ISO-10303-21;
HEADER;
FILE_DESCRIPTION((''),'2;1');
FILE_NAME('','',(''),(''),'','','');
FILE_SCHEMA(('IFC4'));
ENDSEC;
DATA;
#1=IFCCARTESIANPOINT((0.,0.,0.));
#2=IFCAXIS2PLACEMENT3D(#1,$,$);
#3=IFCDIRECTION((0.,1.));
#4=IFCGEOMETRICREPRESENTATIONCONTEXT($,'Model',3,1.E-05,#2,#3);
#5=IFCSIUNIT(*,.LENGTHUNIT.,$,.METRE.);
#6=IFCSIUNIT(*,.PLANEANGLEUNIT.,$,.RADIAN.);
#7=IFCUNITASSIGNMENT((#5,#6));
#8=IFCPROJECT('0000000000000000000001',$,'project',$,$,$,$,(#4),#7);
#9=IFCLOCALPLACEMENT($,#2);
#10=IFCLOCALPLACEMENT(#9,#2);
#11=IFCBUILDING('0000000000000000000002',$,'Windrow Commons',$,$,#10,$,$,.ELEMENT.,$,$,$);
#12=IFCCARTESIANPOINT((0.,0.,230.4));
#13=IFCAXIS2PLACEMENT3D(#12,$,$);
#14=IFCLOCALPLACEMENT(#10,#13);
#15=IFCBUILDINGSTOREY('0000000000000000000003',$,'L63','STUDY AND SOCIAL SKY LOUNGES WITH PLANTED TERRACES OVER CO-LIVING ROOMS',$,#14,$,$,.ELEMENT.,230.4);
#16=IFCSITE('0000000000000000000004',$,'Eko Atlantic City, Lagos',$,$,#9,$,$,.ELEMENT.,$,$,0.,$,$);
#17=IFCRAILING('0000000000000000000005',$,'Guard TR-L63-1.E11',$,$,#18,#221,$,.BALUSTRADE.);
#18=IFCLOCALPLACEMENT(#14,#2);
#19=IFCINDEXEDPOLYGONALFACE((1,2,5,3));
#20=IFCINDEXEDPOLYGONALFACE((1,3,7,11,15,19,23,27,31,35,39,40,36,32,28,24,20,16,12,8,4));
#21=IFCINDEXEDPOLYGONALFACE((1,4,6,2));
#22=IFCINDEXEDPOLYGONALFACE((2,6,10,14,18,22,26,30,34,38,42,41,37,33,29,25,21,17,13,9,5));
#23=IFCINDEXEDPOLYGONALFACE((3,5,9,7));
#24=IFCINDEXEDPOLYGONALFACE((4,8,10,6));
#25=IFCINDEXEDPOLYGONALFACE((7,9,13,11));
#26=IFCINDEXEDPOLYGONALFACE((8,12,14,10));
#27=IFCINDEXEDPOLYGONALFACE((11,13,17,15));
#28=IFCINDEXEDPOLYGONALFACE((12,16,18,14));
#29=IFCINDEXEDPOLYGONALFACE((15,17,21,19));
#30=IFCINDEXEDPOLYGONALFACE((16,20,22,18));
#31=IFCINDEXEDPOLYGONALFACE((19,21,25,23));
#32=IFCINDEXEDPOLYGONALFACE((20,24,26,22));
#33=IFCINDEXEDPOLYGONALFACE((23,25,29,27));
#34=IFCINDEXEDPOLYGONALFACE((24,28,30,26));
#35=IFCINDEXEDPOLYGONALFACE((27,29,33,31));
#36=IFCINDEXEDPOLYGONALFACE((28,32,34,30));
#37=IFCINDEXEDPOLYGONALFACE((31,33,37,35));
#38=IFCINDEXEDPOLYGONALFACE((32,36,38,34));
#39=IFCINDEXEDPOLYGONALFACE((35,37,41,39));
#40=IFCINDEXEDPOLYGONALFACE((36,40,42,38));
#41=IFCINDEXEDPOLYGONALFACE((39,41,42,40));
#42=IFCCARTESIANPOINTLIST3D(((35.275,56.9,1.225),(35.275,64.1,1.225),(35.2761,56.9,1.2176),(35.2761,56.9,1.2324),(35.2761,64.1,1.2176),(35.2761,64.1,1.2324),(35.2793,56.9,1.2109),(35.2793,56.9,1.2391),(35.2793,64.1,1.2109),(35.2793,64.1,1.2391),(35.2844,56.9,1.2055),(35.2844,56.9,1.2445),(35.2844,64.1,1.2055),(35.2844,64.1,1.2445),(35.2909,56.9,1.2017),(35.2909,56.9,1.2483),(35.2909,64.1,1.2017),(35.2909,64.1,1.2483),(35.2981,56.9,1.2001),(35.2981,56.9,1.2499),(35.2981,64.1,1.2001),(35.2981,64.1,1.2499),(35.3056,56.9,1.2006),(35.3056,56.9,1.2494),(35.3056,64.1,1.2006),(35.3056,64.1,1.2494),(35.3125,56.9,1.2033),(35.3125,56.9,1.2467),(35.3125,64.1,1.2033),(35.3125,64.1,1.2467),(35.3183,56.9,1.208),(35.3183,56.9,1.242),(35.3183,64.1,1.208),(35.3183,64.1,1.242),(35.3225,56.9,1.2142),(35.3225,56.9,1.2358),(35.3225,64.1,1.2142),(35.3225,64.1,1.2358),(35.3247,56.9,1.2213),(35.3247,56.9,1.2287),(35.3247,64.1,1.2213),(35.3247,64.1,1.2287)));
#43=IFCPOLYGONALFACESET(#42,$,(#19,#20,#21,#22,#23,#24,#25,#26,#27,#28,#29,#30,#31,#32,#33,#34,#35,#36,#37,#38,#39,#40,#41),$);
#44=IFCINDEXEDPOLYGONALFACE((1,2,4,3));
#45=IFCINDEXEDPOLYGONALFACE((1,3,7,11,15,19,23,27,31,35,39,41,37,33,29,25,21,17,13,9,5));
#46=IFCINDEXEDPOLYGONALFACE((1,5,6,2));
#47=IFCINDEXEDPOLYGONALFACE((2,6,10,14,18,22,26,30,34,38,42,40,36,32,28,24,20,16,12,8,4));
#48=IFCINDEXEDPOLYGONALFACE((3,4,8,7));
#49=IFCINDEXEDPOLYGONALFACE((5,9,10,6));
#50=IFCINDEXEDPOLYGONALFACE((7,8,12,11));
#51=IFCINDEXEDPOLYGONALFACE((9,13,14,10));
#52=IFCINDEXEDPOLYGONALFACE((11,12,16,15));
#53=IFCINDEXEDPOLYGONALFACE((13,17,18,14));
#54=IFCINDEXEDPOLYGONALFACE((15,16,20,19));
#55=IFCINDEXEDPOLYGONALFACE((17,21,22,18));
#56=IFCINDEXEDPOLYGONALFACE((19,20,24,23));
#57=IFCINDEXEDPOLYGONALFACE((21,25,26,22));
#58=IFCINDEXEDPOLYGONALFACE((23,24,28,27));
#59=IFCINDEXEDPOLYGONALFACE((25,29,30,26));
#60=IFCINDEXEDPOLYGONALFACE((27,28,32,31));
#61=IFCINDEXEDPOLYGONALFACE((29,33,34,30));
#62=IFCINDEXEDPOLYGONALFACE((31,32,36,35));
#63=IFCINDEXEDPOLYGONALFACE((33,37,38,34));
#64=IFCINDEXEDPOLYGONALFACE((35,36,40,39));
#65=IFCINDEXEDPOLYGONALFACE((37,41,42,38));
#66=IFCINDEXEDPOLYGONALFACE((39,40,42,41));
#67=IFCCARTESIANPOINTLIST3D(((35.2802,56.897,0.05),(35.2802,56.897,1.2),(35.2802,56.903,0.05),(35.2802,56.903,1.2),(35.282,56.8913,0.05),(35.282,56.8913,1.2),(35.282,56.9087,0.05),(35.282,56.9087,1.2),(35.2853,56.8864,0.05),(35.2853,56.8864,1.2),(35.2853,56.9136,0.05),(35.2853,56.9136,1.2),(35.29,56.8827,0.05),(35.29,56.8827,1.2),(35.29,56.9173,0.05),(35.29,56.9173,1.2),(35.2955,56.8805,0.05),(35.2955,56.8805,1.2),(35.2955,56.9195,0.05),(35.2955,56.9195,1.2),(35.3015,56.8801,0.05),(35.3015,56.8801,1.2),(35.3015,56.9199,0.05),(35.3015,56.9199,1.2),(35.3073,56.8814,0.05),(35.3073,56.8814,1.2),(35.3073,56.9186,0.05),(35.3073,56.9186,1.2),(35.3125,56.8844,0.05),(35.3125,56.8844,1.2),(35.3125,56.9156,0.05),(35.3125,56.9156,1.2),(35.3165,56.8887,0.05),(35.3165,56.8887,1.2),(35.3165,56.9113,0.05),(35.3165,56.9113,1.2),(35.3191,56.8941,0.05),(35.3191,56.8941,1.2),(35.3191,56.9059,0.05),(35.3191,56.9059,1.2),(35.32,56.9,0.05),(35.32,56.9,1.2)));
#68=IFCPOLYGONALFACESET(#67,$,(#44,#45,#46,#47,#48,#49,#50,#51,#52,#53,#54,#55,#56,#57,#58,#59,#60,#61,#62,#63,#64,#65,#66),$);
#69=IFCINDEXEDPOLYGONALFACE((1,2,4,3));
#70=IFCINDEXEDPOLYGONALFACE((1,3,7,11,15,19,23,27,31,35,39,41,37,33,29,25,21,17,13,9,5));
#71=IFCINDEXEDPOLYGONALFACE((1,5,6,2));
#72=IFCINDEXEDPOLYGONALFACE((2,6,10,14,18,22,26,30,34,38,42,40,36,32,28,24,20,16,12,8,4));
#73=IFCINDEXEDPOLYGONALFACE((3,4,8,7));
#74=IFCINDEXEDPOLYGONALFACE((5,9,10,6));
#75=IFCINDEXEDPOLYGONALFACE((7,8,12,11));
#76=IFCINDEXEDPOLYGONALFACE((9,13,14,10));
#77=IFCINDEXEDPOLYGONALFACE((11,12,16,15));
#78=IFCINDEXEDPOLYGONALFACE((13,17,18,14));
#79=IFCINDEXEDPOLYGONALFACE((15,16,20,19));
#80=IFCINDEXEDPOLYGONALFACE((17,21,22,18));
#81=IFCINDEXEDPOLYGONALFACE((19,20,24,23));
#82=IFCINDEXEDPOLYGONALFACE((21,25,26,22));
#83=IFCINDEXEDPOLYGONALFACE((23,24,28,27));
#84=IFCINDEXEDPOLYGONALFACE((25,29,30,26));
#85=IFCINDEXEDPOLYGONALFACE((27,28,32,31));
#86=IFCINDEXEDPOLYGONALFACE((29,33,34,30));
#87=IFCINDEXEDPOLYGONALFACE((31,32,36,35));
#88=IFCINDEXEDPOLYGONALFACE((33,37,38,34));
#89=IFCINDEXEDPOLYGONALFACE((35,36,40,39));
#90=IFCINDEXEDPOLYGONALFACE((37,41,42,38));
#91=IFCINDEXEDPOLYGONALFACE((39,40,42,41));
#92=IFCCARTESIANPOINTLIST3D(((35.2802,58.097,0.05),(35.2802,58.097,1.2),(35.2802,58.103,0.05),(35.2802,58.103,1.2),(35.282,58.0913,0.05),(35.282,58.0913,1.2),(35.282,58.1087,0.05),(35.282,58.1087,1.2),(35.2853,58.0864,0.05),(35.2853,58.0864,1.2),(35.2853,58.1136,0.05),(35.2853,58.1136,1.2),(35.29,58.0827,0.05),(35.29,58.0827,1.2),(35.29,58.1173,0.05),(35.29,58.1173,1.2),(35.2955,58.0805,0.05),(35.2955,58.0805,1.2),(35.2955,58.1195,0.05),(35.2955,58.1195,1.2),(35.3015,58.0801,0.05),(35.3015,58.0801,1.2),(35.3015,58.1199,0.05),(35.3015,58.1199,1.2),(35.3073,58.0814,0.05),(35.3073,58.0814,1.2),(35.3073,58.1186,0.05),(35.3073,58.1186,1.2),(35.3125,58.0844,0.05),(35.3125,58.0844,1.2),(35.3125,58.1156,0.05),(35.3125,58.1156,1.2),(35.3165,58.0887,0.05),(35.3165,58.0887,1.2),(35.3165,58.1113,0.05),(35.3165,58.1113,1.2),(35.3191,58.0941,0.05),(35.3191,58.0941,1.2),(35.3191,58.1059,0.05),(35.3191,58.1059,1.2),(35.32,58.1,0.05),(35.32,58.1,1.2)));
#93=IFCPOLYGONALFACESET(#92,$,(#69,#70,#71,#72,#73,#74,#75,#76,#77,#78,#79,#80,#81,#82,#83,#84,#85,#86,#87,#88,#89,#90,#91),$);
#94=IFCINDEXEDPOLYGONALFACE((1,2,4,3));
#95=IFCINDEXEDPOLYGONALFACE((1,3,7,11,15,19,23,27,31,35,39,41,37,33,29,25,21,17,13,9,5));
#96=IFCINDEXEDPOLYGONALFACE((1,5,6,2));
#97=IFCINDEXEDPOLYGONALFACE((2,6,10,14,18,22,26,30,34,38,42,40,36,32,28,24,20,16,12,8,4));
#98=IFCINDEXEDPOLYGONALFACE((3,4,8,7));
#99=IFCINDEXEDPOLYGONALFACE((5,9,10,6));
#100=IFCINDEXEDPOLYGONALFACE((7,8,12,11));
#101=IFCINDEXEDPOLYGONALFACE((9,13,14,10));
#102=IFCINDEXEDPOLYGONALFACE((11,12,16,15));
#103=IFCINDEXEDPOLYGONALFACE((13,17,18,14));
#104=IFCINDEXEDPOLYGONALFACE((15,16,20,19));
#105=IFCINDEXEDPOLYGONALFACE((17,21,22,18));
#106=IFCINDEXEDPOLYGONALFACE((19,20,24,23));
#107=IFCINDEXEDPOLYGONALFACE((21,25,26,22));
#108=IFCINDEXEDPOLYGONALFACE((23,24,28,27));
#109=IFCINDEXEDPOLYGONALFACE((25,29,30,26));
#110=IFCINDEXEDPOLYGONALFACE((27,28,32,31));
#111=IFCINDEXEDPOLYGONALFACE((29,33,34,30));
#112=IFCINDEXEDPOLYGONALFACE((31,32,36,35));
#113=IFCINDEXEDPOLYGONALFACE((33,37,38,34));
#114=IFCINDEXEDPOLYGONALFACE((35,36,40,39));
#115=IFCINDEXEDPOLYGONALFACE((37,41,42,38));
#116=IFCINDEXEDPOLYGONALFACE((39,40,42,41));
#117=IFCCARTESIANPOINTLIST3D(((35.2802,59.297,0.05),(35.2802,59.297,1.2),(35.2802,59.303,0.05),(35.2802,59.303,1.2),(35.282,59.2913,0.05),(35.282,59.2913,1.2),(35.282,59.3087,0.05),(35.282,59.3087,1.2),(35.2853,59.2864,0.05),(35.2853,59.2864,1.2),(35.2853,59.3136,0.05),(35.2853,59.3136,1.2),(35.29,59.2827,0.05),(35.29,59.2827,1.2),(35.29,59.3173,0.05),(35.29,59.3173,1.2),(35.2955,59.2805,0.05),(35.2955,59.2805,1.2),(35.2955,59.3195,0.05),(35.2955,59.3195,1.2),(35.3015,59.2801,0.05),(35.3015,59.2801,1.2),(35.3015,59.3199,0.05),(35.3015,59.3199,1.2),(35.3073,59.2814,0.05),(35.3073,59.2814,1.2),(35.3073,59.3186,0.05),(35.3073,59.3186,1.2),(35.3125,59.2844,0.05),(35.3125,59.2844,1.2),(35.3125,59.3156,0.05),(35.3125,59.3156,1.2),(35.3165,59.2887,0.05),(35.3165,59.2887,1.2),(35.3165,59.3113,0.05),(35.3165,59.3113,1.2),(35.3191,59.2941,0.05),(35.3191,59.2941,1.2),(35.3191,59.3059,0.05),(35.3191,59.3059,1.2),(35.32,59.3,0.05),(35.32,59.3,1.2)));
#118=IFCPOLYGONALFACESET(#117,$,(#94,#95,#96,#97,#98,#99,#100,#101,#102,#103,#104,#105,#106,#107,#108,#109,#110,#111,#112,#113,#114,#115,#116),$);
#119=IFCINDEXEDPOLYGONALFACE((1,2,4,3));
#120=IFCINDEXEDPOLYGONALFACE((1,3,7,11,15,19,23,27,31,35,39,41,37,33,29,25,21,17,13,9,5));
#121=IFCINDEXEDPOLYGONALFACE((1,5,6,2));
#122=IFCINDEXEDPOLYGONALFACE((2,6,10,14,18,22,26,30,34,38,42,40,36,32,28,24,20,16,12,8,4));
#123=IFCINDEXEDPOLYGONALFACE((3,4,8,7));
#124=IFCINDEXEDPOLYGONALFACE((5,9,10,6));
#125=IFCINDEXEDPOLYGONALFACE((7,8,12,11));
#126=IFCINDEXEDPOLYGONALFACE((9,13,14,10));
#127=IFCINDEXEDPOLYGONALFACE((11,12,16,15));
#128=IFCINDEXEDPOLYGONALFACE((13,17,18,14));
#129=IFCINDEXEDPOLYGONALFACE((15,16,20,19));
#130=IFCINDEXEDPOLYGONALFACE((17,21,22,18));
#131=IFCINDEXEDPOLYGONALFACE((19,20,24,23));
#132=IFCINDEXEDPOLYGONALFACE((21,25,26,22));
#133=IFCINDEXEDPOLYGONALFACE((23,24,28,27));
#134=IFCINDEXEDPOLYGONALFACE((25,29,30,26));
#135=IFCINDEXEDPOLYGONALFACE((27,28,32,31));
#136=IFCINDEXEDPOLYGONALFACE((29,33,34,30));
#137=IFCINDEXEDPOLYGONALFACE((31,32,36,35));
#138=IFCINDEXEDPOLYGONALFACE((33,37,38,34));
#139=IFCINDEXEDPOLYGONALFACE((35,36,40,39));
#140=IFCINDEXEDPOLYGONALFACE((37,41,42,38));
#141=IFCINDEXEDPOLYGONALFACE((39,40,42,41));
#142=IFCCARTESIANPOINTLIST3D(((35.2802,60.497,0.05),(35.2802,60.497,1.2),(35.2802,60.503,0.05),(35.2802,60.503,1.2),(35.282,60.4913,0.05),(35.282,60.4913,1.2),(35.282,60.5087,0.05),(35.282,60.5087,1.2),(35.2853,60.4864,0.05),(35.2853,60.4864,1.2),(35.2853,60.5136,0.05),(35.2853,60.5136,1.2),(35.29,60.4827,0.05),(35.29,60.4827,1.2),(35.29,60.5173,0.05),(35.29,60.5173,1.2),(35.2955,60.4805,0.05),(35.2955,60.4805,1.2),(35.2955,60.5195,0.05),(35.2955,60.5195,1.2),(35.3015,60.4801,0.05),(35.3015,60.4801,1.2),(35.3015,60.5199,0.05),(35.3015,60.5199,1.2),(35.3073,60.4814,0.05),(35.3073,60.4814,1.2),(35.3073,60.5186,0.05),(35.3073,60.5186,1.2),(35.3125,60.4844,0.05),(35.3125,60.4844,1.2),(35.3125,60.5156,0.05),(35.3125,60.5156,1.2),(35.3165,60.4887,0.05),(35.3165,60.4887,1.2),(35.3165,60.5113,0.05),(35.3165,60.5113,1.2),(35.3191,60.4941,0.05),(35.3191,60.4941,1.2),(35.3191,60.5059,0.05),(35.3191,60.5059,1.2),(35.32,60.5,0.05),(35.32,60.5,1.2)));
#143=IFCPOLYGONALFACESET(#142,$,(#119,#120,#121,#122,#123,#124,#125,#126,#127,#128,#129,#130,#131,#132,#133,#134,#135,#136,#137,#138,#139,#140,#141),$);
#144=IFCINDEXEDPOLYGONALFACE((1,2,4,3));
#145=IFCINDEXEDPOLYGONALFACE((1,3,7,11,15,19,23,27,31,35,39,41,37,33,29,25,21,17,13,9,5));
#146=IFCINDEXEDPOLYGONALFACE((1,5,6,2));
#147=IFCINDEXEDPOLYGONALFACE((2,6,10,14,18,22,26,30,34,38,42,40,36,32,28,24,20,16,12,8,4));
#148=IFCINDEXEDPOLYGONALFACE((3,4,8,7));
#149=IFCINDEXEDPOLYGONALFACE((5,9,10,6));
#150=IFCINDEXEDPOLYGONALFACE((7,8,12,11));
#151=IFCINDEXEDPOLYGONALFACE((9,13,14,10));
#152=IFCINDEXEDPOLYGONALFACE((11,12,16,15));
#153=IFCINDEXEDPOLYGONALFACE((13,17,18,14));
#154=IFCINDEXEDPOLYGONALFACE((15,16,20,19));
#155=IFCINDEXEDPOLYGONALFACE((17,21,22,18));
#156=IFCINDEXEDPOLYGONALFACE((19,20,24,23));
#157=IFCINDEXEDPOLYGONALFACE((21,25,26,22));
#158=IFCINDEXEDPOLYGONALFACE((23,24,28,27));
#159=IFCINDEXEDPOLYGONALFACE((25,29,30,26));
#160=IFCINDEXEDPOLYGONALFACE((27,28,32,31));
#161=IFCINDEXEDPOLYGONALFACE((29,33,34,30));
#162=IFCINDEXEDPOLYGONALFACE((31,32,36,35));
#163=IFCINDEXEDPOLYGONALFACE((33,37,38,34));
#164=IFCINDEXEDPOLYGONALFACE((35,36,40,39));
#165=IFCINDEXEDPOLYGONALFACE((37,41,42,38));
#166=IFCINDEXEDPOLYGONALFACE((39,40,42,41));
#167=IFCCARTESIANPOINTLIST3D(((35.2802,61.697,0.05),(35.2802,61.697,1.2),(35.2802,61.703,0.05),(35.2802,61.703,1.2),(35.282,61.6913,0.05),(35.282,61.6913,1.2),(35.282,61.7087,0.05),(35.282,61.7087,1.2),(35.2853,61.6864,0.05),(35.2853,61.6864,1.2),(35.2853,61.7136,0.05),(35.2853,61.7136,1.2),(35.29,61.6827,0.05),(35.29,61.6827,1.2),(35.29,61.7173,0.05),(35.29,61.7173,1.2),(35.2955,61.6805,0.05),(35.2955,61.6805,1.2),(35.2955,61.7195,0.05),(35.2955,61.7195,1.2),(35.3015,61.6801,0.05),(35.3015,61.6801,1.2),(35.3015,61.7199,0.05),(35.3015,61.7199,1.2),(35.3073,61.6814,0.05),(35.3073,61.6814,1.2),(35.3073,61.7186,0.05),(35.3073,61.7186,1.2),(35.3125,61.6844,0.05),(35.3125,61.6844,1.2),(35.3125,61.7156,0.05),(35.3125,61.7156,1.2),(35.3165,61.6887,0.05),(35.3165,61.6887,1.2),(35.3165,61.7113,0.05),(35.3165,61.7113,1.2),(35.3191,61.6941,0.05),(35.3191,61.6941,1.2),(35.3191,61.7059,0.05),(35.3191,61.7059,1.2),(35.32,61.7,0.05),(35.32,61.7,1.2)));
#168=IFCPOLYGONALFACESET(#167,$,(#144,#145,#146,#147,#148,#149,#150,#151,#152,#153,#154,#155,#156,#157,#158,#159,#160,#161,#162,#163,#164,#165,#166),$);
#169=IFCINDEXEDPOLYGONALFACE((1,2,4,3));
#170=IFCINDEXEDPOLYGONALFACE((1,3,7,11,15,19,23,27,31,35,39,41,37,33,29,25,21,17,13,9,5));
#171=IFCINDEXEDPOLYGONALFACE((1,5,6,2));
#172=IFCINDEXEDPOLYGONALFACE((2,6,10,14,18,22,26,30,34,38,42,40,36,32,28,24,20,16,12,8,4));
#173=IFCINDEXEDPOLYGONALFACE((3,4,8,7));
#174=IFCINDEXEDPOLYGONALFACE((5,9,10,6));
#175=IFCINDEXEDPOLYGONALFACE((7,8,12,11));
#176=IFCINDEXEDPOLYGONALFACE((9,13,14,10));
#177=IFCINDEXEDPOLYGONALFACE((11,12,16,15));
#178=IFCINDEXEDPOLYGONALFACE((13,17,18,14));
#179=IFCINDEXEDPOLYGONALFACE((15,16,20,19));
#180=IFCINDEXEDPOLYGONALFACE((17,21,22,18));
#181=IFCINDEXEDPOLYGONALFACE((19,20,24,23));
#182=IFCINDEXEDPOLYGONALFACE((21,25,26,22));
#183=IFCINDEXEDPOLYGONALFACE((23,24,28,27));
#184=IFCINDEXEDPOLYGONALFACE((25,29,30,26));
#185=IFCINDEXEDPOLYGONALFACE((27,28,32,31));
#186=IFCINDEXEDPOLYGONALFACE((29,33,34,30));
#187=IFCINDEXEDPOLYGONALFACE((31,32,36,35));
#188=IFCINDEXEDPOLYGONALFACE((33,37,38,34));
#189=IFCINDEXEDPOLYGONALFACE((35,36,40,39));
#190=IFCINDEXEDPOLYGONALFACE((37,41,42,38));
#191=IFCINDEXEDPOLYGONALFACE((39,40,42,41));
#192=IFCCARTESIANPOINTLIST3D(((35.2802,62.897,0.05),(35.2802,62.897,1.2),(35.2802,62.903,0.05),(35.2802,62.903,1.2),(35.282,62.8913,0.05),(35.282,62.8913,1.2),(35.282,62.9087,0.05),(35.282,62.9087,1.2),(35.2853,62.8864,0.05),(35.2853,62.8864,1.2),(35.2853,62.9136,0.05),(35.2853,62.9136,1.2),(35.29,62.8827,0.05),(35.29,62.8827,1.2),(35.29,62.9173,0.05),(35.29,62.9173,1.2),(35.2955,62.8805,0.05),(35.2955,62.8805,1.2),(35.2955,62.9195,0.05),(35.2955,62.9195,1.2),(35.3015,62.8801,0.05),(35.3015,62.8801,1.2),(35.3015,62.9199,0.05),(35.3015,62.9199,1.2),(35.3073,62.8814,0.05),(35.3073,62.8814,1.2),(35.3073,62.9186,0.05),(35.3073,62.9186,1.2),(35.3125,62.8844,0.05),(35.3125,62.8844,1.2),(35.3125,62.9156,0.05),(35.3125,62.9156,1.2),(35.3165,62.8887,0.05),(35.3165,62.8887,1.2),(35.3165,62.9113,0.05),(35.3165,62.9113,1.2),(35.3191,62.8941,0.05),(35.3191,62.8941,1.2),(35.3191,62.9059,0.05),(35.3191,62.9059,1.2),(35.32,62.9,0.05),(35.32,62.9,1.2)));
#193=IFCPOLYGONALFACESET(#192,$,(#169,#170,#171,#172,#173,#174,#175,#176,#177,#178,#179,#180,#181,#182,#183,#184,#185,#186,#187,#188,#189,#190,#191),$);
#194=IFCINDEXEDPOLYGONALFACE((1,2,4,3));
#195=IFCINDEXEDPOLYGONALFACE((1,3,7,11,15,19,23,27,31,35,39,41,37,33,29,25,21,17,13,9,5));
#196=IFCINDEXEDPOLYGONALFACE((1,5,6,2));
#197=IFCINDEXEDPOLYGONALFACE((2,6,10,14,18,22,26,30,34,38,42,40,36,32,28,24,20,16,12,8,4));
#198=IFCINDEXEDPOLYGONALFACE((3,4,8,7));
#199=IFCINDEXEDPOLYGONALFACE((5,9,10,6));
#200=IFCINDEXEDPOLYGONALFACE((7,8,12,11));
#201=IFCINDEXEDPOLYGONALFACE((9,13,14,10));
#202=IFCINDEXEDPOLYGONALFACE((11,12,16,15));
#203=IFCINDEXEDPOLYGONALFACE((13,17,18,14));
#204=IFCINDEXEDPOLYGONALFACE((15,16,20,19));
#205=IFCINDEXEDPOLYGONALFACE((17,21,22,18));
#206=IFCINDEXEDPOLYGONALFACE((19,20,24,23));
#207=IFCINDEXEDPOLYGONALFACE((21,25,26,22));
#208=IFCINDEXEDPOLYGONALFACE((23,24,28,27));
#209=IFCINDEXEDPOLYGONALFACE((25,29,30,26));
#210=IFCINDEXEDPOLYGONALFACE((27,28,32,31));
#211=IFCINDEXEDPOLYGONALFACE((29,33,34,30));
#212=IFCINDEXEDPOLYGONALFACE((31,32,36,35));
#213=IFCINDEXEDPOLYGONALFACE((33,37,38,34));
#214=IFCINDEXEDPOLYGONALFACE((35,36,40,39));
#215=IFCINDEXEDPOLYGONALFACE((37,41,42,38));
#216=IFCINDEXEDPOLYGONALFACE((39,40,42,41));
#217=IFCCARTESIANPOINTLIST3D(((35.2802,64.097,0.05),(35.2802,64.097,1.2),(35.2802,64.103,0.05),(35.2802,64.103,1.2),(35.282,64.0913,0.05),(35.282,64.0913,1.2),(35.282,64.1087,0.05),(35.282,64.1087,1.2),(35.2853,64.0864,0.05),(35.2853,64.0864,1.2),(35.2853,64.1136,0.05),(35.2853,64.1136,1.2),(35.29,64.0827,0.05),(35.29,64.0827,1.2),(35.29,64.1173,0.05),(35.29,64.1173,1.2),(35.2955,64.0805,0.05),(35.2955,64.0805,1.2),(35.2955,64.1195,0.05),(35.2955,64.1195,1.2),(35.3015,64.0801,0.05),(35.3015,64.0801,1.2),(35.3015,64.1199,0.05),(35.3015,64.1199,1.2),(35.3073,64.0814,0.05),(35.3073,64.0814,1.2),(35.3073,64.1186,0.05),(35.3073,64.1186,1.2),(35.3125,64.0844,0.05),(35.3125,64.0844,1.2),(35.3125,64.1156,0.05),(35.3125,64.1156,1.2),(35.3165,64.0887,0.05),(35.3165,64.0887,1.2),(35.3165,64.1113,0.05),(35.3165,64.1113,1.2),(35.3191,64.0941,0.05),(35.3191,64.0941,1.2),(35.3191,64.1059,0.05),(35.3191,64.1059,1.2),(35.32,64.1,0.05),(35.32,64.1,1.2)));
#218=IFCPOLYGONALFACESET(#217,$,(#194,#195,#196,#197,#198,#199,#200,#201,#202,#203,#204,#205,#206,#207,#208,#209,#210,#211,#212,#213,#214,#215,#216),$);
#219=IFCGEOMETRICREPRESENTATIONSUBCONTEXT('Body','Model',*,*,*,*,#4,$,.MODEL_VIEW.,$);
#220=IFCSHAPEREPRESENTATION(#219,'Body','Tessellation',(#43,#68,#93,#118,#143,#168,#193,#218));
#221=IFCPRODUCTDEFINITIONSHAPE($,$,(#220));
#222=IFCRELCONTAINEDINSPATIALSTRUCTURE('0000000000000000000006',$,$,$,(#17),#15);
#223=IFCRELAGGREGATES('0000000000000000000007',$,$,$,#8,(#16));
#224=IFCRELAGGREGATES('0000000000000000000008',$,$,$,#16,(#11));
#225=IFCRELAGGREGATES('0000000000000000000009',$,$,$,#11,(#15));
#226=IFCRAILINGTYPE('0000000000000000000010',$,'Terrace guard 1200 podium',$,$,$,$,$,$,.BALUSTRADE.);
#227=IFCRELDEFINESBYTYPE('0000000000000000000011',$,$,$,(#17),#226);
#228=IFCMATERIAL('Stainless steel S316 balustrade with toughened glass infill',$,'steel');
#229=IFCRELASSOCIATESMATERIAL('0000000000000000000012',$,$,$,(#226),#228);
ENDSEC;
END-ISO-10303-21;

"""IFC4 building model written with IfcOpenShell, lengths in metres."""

from ifc_helpers import new_model, si_unit, direction, frame, origin, origin_2d, place, context, subcontext, project, spatial, circle, extrude, material, type_object, element, save


model = new_model("IFC4")

# Units and contexts
model_context = context("Model", 3, precision=1e-05, world=origin(), true_north=direction((0.0, 1.0)))
body_context = subcontext(model_context, "Body", "Model", "MODEL_VIEW")
ifc_project = project(units=[si_unit("LENGTHUNIT", "METRE"), si_unit("PLANEANGLEUNIT", "RADIAN")], contexts=[model_context])

# Site, building, storey
site_placement = place(None, origin())
site = spatial("IfcSite", under=ifc_project, at=site_placement, Name="Eko Atlantic City, Lagos", CompositionType="ELEMENT", RefElevation=0.0)
building_placement = place(site_placement, origin())
building = spatial("IfcBuilding", under=site, at=building_placement, Name="Windrow Commons", CompositionType="ELEMENT")
storey_placement = place(building_placement, frame((0.0, 0.0, 230.4)))
storey = spatial("IfcBuildingStorey", under=building, at=storey_placement, Name="L63", Description="STUDY AND SOCIAL SKY LOUNGES WITH PLANTED TERRACES OVER CO-LIVING ROOMS", CompositionType="ELEMENT", Elevation=230.4)

# Railing
ifc_material_1 = material(Name="Stainless steel S316 balustrade with toughened glass infill", Category="steel")
railing_type = type_object("IfcRailingType", Name="Terrace guard 1200 podium", PredefinedType="BALUSTRADE", material=ifc_material_1)
railing_1_placement = place(storey_placement, frame((35.3, 56.9, 0.05)))
element("IfcRailing", 1, at=railing_1_placement, inside=storey, type_object=railing_type, Name="Guard TR-L63-1.E11", PredefinedType="BALUSTRADE", context=body_context, shape_type="SweptSolid", body=[
    extrude(circle(Radius=0.025, at=origin_2d()), frame((0.0, 0.0, 1.175), z_axis=(0.0, 1.0, 0.0), x_axis=(-1.0, 0.0, 0.0)), (0.0, 0.0, 1.0), 7.2),
    extrude(circle(Radius=0.02, at=origin_2d()), origin(), (0.0, 0.0, 1.0), 1.15),
    extrude(circle(Radius=0.02, at=origin_2d()), frame((0.0, 1.2, 0.0)), (0.0, 0.0, 1.0), 1.15),
    extrude(circle(Radius=0.02, at=origin_2d()), frame((0.0, 2.4, 0.0)), (0.0, 0.0, 1.0), 1.15),
    extrude(circle(Radius=0.02, at=origin_2d()), frame((0.0, 3.6, 0.0)), (0.0, 0.0, 1.0), 1.15),
    extrude(circle(Radius=0.02, at=origin_2d()), frame((0.0, 4.8, 0.0)), (0.0, 0.0, 1.0), 1.15),
    extrude(circle(Radius=0.02, at=origin_2d()), frame((0.0, 6.0, 0.0)), (0.0, 0.0, 1.0), 1.15),
    extrude(circle(Radius=0.02, at=origin_2d()), frame((0.0, 7.2, 0.0)), (0.0, 0.0, 1.0), 1.15),
])

save(model, "model.ifc")
